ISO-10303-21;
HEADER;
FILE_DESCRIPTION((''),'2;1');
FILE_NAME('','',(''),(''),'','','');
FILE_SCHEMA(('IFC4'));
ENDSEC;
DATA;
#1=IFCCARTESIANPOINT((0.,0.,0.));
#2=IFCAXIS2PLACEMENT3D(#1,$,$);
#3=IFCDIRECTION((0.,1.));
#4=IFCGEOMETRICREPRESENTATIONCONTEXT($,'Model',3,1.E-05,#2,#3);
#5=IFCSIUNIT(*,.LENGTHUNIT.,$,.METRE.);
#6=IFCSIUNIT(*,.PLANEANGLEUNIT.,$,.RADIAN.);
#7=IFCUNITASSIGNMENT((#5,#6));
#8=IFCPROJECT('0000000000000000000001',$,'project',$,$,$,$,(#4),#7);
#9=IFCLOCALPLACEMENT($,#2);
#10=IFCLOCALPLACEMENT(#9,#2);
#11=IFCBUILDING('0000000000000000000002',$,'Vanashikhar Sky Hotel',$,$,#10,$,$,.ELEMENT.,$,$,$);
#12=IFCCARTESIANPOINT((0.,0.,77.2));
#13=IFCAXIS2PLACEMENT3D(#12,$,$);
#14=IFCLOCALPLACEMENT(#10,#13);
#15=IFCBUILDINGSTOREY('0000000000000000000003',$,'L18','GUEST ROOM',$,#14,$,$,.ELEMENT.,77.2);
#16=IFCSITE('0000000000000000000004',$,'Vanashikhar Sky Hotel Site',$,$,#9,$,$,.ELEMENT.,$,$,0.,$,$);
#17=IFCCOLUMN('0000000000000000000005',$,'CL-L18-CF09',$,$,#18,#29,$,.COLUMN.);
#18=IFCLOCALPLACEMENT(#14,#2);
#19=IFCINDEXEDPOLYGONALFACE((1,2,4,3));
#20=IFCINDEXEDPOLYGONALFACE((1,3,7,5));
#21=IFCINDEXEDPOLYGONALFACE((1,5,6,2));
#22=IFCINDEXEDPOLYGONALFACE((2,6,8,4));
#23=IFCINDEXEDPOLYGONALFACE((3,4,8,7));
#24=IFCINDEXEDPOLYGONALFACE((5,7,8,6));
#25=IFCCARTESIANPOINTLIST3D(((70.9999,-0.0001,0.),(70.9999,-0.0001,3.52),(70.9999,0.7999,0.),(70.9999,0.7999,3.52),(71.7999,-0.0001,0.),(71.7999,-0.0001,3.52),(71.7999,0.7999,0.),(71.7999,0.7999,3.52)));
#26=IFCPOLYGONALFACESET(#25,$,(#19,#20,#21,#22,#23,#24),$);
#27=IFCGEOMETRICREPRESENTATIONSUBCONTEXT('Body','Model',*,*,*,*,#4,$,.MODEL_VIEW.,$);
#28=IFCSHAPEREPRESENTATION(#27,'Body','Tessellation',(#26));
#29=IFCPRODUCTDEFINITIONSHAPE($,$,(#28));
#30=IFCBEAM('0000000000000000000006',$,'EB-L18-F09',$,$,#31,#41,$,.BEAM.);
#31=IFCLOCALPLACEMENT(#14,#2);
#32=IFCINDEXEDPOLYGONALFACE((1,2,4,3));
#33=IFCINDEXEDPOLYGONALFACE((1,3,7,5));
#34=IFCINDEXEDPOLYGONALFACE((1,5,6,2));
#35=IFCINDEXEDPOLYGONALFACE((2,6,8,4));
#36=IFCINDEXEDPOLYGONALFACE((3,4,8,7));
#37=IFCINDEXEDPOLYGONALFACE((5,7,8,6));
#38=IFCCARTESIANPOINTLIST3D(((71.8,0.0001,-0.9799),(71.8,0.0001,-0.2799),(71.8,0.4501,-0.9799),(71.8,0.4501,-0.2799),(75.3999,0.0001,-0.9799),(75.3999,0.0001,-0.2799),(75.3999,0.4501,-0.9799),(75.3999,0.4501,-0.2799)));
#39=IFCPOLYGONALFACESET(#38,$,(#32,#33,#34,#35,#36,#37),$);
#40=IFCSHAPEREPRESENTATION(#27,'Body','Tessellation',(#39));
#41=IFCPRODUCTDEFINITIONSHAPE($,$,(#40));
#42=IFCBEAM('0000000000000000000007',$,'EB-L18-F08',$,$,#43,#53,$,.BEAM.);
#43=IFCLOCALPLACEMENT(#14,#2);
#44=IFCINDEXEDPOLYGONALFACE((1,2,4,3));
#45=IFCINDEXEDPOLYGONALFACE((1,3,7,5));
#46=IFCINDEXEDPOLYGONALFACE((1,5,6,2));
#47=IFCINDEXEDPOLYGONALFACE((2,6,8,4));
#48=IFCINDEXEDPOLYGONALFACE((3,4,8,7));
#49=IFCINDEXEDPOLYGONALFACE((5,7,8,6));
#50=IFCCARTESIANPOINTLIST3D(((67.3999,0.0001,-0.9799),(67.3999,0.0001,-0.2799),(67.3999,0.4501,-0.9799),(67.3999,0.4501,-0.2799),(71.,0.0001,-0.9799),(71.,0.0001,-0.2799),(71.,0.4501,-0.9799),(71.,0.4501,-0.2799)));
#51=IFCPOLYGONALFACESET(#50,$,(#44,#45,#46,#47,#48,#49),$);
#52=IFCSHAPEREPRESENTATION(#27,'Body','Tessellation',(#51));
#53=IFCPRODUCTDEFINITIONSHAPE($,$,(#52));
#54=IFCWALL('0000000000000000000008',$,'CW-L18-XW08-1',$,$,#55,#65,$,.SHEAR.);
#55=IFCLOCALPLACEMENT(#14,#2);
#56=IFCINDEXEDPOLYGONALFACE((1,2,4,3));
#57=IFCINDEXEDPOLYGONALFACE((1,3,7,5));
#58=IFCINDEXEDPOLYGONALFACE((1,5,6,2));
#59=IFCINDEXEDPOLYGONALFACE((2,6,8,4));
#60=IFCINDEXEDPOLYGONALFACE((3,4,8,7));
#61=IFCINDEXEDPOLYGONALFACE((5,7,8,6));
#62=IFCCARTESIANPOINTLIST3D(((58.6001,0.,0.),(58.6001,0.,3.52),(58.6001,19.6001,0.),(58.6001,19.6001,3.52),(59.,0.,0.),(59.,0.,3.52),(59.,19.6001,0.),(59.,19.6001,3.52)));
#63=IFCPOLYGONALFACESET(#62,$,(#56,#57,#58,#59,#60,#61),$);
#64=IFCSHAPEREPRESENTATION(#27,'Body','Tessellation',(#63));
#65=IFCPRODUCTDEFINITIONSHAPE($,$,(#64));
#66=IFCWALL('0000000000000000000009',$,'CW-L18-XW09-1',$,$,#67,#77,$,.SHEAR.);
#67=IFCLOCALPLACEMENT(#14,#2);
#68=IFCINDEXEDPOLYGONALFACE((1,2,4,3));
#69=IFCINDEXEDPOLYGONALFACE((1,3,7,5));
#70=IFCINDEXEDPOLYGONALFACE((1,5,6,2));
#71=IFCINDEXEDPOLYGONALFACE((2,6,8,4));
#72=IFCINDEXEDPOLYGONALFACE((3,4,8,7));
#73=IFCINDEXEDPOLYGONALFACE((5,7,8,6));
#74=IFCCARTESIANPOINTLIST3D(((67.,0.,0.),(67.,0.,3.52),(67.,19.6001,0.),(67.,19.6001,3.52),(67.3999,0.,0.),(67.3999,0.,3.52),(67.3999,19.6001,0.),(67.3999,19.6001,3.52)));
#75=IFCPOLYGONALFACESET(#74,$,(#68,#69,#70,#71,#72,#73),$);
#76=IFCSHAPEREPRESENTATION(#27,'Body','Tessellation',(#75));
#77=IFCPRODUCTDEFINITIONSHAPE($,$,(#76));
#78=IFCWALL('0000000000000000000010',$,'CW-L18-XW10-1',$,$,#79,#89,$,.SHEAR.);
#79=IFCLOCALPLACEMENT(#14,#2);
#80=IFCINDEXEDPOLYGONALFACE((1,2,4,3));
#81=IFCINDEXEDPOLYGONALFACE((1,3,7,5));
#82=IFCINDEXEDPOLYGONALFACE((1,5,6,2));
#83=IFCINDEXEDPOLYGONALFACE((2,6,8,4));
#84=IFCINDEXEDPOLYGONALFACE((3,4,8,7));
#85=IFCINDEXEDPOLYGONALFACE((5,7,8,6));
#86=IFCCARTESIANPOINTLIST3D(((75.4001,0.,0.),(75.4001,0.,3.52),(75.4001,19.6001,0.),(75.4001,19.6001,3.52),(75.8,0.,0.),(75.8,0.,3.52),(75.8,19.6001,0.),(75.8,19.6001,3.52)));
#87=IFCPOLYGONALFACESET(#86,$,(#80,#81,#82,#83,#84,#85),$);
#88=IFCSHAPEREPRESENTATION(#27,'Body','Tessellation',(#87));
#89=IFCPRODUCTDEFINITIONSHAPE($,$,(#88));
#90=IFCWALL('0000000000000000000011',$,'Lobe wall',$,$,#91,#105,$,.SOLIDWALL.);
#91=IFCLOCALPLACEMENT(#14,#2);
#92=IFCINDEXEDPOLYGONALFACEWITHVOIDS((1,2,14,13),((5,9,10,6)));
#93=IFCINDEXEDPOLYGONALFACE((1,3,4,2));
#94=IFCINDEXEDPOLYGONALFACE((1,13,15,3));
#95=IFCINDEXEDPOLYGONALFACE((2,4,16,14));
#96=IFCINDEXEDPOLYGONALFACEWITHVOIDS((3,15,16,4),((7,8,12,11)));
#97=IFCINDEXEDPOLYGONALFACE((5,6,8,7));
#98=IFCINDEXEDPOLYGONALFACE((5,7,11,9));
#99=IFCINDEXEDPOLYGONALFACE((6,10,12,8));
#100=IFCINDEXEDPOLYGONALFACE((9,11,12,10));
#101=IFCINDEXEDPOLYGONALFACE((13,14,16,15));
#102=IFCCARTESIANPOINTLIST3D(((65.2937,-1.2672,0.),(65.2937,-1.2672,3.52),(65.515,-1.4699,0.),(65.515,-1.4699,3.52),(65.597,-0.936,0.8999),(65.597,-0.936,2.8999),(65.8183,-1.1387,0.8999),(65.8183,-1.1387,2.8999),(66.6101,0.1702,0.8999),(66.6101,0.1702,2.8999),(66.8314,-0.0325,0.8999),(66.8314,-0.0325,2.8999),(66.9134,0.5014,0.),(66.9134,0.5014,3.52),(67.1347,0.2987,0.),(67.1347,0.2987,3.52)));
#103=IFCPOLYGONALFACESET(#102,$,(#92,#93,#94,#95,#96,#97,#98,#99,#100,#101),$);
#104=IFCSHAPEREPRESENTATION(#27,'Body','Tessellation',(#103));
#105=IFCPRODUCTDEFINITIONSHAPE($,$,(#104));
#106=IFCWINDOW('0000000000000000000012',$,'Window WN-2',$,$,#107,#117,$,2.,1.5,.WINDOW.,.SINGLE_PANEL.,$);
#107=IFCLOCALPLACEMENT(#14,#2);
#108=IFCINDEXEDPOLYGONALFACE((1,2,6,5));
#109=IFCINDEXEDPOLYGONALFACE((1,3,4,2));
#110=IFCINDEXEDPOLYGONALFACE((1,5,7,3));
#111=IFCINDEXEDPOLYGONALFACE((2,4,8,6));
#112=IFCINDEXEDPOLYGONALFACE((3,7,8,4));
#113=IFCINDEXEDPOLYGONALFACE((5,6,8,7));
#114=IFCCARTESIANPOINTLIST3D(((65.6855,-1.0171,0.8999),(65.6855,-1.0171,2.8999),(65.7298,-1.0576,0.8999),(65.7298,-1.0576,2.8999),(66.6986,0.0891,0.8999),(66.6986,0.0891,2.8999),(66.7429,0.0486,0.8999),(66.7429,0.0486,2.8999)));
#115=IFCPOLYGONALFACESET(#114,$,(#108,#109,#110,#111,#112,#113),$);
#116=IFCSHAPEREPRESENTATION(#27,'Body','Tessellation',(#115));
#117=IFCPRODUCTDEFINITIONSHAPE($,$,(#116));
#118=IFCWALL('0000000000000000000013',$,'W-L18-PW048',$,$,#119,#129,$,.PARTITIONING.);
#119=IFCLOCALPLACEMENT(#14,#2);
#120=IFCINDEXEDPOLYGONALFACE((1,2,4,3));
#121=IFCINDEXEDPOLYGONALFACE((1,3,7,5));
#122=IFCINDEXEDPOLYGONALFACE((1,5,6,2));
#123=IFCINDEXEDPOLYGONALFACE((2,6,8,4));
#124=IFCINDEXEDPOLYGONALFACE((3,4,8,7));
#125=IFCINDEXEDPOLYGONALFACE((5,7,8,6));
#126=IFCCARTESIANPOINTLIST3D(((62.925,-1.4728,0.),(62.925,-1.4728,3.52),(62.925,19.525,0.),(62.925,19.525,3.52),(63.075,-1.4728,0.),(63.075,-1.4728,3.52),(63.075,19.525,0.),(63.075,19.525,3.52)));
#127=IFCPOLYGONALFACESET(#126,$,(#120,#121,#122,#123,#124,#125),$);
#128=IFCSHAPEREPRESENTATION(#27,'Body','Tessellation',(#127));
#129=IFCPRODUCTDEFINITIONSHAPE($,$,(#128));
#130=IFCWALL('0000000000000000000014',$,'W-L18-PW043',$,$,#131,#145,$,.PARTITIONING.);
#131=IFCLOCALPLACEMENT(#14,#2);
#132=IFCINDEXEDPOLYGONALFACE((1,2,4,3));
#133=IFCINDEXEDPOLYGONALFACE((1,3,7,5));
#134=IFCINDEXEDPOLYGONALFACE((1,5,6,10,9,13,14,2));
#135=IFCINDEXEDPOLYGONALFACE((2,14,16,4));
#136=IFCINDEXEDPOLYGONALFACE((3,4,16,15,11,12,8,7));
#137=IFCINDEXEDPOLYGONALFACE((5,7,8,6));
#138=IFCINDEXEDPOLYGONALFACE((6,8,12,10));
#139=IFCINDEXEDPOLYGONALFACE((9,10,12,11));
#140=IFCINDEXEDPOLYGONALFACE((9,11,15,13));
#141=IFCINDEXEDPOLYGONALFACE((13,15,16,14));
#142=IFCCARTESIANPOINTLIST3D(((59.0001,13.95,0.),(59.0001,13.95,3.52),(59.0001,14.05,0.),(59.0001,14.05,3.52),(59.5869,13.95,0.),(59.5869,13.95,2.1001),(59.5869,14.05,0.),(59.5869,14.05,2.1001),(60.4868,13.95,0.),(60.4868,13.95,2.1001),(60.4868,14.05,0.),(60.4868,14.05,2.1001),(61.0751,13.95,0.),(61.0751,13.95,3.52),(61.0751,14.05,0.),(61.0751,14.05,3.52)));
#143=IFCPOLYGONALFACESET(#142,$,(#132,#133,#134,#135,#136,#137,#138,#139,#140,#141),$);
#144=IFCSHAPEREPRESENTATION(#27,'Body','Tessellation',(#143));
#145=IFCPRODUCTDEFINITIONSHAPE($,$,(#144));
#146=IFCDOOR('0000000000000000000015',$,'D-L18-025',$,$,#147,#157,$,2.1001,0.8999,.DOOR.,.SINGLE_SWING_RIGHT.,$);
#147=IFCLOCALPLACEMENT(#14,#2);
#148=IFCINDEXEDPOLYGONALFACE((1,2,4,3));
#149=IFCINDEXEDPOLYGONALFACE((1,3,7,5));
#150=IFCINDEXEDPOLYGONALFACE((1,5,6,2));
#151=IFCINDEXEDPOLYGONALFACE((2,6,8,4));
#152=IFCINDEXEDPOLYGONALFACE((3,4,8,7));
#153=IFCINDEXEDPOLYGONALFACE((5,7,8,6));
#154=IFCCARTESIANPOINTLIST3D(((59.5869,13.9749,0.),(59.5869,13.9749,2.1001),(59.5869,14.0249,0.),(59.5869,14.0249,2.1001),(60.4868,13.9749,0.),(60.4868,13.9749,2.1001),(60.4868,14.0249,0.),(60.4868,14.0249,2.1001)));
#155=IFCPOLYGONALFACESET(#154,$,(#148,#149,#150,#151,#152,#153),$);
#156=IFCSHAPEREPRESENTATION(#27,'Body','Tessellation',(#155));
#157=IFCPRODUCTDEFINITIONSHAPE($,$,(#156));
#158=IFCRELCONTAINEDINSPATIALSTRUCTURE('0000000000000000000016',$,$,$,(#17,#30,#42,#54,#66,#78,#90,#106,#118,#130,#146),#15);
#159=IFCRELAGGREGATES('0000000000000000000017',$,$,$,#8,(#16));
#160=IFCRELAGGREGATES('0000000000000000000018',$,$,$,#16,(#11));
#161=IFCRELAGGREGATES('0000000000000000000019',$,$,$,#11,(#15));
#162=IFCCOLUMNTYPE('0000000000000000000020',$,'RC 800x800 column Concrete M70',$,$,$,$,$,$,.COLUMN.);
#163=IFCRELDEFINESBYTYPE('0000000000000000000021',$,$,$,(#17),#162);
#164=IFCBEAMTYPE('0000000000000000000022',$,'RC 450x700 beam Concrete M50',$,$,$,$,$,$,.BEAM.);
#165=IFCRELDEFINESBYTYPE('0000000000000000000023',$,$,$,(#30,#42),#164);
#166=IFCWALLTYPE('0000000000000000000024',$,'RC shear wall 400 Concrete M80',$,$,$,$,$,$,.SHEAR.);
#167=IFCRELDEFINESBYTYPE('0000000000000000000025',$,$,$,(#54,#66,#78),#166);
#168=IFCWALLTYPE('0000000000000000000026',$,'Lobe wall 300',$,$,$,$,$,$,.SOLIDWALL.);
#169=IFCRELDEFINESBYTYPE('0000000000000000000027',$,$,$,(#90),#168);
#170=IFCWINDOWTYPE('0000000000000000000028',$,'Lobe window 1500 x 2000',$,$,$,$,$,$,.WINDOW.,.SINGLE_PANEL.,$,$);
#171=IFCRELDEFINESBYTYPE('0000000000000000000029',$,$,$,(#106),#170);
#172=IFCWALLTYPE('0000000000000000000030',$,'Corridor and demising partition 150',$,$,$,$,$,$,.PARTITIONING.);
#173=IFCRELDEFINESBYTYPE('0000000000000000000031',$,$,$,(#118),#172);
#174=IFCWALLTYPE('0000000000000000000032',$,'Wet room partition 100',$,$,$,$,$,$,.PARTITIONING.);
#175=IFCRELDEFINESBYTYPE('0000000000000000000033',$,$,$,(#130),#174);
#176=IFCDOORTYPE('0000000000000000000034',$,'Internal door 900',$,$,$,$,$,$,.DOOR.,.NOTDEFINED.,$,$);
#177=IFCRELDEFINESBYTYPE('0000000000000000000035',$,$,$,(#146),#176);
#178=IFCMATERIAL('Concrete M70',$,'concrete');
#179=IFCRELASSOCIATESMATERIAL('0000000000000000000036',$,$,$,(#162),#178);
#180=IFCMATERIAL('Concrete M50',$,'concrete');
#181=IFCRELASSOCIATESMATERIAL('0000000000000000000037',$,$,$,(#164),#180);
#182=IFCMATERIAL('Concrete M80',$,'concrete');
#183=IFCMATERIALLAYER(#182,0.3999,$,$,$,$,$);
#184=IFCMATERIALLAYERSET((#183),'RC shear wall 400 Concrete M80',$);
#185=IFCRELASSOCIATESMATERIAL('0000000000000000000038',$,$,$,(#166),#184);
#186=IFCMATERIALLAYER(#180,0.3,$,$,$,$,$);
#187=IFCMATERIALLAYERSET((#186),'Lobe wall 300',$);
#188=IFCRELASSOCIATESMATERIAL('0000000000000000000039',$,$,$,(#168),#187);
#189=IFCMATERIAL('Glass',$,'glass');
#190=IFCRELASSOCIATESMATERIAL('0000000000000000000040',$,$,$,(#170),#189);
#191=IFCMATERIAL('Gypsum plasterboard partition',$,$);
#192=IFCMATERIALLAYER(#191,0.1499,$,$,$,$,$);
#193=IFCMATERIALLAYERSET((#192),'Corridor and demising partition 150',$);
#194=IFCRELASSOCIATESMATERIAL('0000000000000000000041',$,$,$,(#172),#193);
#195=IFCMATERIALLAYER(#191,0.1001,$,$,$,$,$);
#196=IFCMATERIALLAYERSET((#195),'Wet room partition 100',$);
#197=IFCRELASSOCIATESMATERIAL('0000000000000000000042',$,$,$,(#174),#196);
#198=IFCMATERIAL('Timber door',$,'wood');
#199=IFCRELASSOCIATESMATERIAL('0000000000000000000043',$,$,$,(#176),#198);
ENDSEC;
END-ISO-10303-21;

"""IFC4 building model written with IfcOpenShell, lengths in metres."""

from ifc_helpers import new_model, si_unit, direction, frame, frame_2d, origin, origin_2d, place, context, subcontext, project, spatial, rectangle, extrude, source, transform, mapped, material, layer, layer_set, material_profile, profile_set, type_object, element, fill, save


model = new_model("IFC4")

# Units and contexts
model_context = context("Model", 3, precision=1e-05, world=origin(), true_north=direction((0.0, 1.0)))
body_context = subcontext(model_context, "Body", "Model", "MODEL_VIEW")
ifc_project = project(units=[si_unit("LENGTHUNIT", "METRE"), si_unit("PLANEANGLEUNIT", "RADIAN")], contexts=[model_context])

# Site, building, storey
site_placement = place(None, origin())
site = spatial("IfcSite", under=ifc_project, at=site_placement, Name="Vanashikhar Sky Hotel Site", CompositionType="ELEMENT", RefElevation=0.0)
building_placement = place(site_placement, origin())
building = spatial("IfcBuilding", under=site, at=building_placement, Name="Vanashikhar Sky Hotel", CompositionType="ELEMENT")
storey_placement = place(building_placement, frame((0.0, 0.0, 77.2)))
storey = spatial("IfcBuildingStorey", under=building, at=storey_placement, Name="L18", Description="GUEST ROOM", CompositionType="ELEMENT", Elevation=77.2)

# Column
ifc_material_1 = material(Name="Concrete M70", Category="concrete")
ifc_material_profile_1 = material_profile(ifc_material_1, rectangle(XDim=0.8, YDim=0.8, at=origin_2d()))
ifc_profile_set_1 = profile_set([ifc_material_profile_1], Name="RC 800x800 column Concrete M70")
column_type = type_object("IfcColumnType", Name="RC 800x800 column Concrete M70", PredefinedType="COLUMN", material=ifc_profile_set_1)
shared_shape_1 = source(origin(), body_context, "Body", "SweptSolid", [
    extrude(rectangle(XDim=0.8, YDim=0.8, at=origin_2d()), origin(), (0.0, 0.0, 1.0), 3.52),
])
column_placement = place(storey_placement, frame((71.3999, 0.3999, 0.0), z_axis=(0.0, 0.0, 1.0), x_axis=(1.0, 0.0, 0.0)))
element("IfcColumn", 1, at=column_placement, inside=storey, type_object=column_type, Name="CL-L18-CF09", PredefinedType="COLUMN", context=body_context, shape_type="MappedRepresentation", body=[
    mapped(shared_shape_1, transform((0.0, 0.0, 0.0), scale=1.0)),
])

# Beams
ifc_material_2 = material(Name="Concrete M50", Category="concrete")
ifc_material_profile_2 = material_profile(ifc_material_2, rectangle(XDim=0.45, YDim=0.7, at=origin_2d()))
ifc_profile_set_2 = profile_set([ifc_material_profile_2], Name="RC 450x700 beam Concrete M50")
beam_type = type_object("IfcBeamType", Name="RC 450x700 beam Concrete M50", PredefinedType="BEAM", material=ifc_profile_set_2)
shared_shape_2 = source(origin(), body_context, "Body", "SweptSolid", [
    extrude(rectangle(XDim=0.45, YDim=0.7, at=origin_2d()), origin(), (0.0, 0.0, 1.0), 3.5999),
])
beam_1_placement = place(storey_placement, frame((71.8, 0.2251, -0.6299), z_axis=(1.0, 0.0, 0.0), x_axis=(0.0, 1.0, 0.0)))
element("IfcBeam", 2, at=beam_1_placement, inside=storey, type_object=beam_type, Name="EB-L18-F09", PredefinedType="BEAM", context=body_context, shape_type="MappedRepresentation", body=[
    mapped(shared_shape_2, transform((0.0, 0.0, 0.0), scale=1.0)),
])
shared_shape_3 = source(origin(), body_context, "Body", "SweptSolid", [
    extrude(rectangle(XDim=0.45, YDim=0.7, at=origin_2d()), origin(), (0.0, 0.0, 1.0), 3.6001),
])
beam_2_placement = place(storey_placement, frame((67.3999, 0.2251, -0.6299), z_axis=(1.0, 0.0, 0.0), x_axis=(0.0, 1.0, 0.0)))
element("IfcBeam", 3, at=beam_2_placement, inside=storey, type_object=beam_type, Name="EB-L18-F08", PredefinedType="BEAM", context=body_context, shape_type="MappedRepresentation", body=[
    mapped(shared_shape_3, transform((0.0, 0.0, 0.0), scale=1.0)),
])

# Walls
ifc_material_3 = material(Name="Concrete M80", Category="concrete")
ifc_layer_1 = layer(ifc_material_3, 0.3999)
ifc_layer_set_1 = layer_set([ifc_layer_1], Name="RC shear wall 400 Concrete M80")
wall_type_1 = type_object("IfcWallType", Name="RC shear wall 400 Concrete M80", PredefinedType="SHEAR", material=ifc_layer_set_1)
shared_shape_4 = source(origin(), body_context, "Body", "SweptSolid", [
    extrude(rectangle(XDim=19.6001, YDim=0.3999, at=frame_2d((9.8, 0.0))), origin(), (0.0, 0.0, 1.0), 3.52),
])
for number, where, z_axis, x_axis, name in (
    (4, (58.8, 0.0, 0.0), (0.0, 0.0, 1.0), (0.0, 1.0, 0.0), "CW-L18-XW08-1"),
    (5, (67.2, 0.0, 0.0), (0.0, 0.0, 1.0), (0.0, 1.0, 0.0), "CW-L18-XW09-1"),
    (6, (75.6001, 0.0, 0.0), (0.0, 0.0, 1.0), (0.0, 1.0, 0.0), "CW-L18-XW10-1"),
):
    element("IfcWall", number, at=place(storey_placement, frame(where, z_axis=z_axis, x_axis=x_axis)), inside=storey, type_object=wall_type_1, Name=name, PredefinedType="SHEAR", context=body_context, shape_type="MappedRepresentation", body=[
        mapped(shared_shape_4, transform((0.0, 0.0, 0.0), scale=1.0)),
    ])

# Wall, opening, window
ifc_layer_2 = layer(ifc_material_2, 0.3)
ifc_layer_set_2 = layer_set([ifc_layer_2], Name="Lobe wall 300")
wall_type_2 = type_object("IfcWallType", Name="Lobe wall 300", PredefinedType="SOLIDWALL", material=ifc_layer_set_2)
shared_shape_5 = source(origin(), body_context, "Body", "SweptSolid", [
    extrude(rectangle(XDim=2.3982, YDim=0.3, at=frame_2d((1.1992, 0.0))), origin(), (0.0, 0.0, 1.0), 3.52),
])
wall_1_placement = place(storey_placement, frame((65.4043, -1.3687, 0.0), z_axis=(0.0, 0.0, 1.0), x_axis=(0.675374, 0.737475, 0.0)))
wall_1 = element("IfcWall", 7, at=wall_1_placement, inside=storey, type_object=wall_type_2, Name="Lobe wall", PredefinedType="SOLIDWALL", context=body_context, shape_type="MappedRepresentation", body=[
    mapped(shared_shape_5, transform((0.0, 0.0, 0.0), scale=1.0)),
])
shared_shape_6 = source(origin(), body_context, "Body", "SweptSolid", [
    extrude(rectangle(XDim=1.5, YDim=2.0, at=frame_2d((0.75, 1.0))), frame((0.0, 0.1602, 0.0), z_axis=(0.0, -1.0, 0.0), x_axis=(1.0, 0.0, 0.0)), (0.0, 0.0, 1.0), 0.3201),
])
opening_1_placement = place(wall_1_placement, frame((0.4492, 0.0, 0.8999)))
opening_1 = element("IfcOpeningElement", 8, at=opening_1_placement, cuts=wall_1, PredefinedType="OPENING", context=body_context, shape_type="MappedRepresentation", body=[
    mapped(shared_shape_6, transform((0.0, 0.0, 0.0), scale=1.0)),
])
ifc_material_4 = material(Name="Glass", Category="glass")
window_type_1 = type_object("IfcWindowType", Name="Lobe window 1500 x 2000", PartitioningType="SINGLE_PANEL", PredefinedType="WINDOW", material=ifc_material_4)
shared_shape_7 = source(origin(), body_context, "Body", "SweptSolid", [
    extrude(rectangle(XDim=1.5, YDim=2.0, at=frame_2d((0.75, 1.0))), frame((0.0, 0.03, 0.0), z_axis=(0.0, -1.0, 0.0), x_axis=(1.0, 0.0, 0.0)), (0.0, 0.0, 1.0), 0.0601),
])
window_1_placement = place(opening_1_placement, origin())
window_1 = element("IfcWindow", 9, at=window_1_placement, inside=storey, type_object=window_type_1, Name="Window WN-2", OverallHeight=2.0, OverallWidth=1.5, PartitioningType="SINGLE_PANEL", PredefinedType="WINDOW", context=body_context, shape_type="MappedRepresentation", body=[
    mapped(shared_shape_7, transform((0.0, 0.0, 0.0), scale=1.0)),
])
fill(opening_1, window_1)

# Wall
ifc_material_5 = material(Name="Gypsum plasterboard partition")
ifc_layer_3 = layer(ifc_material_5, 0.1499)
ifc_layer_set_3 = layer_set([ifc_layer_3], Name="Corridor and demising partition 150")
wall_type_3 = type_object("IfcWallType", Name="Corridor and demising partition 150", PredefinedType="PARTITIONING", material=ifc_layer_set_3)
shared_shape_8 = source(origin(), body_context, "Body", "SweptSolid", [
    extrude(rectangle(XDim=20.9978, YDim=0.1499, at=frame_2d((10.499, 0.0))), origin(), (0.0, 0.0, 1.0), 3.52),
])
wall_2_placement = place(storey_placement, frame((63.0, -1.4729, 0.0), z_axis=(0.0, 0.0, 1.0), x_axis=(0.0, 1.0, 0.0)))
element("IfcWall", 10, at=wall_2_placement, inside=storey, type_object=wall_type_3, Name="W-L18-PW048", PredefinedType="PARTITIONING", context=body_context, shape_type="MappedRepresentation", body=[
    mapped(shared_shape_8, transform((0.0, 0.0, 0.0), scale=1.0)),
])

# Wall, opening, door
ifc_layer_4 = layer(ifc_material_5, 0.1001)
ifc_layer_set_4 = layer_set([ifc_layer_4], Name="Wet room partition 100")
wall_type_4 = type_object("IfcWallType", Name="Wet room partition 100", PredefinedType="PARTITIONING", material=ifc_layer_set_4)
shared_shape_9 = source(origin(), body_context, "Body", "SweptSolid", [
    extrude(rectangle(XDim=2.075, YDim=0.1001, at=frame_2d((1.0376, 0.0))), origin(), (0.0, 0.0, 1.0), 3.52),
])
wall_3_placement = place(storey_placement, frame((59.0, 14.0, 0.0), z_axis=(0.0, 0.0, 1.0), x_axis=(1.0, 0.0, 0.0)))
wall_3 = element("IfcWall", 11, at=wall_3_placement, inside=storey, type_object=wall_type_4, Name="W-L18-PW043", PredefinedType="PARTITIONING", context=body_context, shape_type="MappedRepresentation", body=[
    mapped(shared_shape_9, transform((0.0, 0.0, 0.0), scale=1.0)),
])
shared_shape_10 = source(origin(), body_context, "Body", "SweptSolid", [
    extrude(rectangle(XDim=0.8999, YDim=2.1001, at=frame_2d((0.45, 1.05))), frame((0.0, 0.0601, 0.0), z_axis=(0.0, -1.0, 0.0), x_axis=(1.0, 0.0, 0.0)), (0.0, 0.0, 1.0), 0.1201),
])
opening_2_placement = place(wall_3_placement, frame((0.5869, 0.0, 0.0)))
opening_2 = element("IfcOpeningElement", 12, at=opening_2_placement, cuts=wall_3, PredefinedType="OPENING", context=body_context, shape_type="MappedRepresentation", body=[
    mapped(shared_shape_10, transform((0.0, 0.0, 0.0), scale=1.0)),
])
ifc_material_6 = material(Name="Timber door", Category="wood")
door_type_1 = type_object("IfcDoorType", Name="Internal door 900", OperationType="NOTDEFINED", PredefinedType="DOOR", material=ifc_material_6)
shared_shape_11 = source(origin(), body_context, "Body", "SweptSolid", [
    extrude(rectangle(XDim=0.8999, YDim=2.1001, at=frame_2d((0.45, 1.05))), frame((0.0, 0.0249, 0.0), z_axis=(0.0, -1.0, 0.0), x_axis=(1.0, 0.0, 0.0)), (0.0, 0.0, 1.0), 0.05),
])
door_1_placement = place(opening_2_placement, origin())
door_1 = element("IfcDoor", 13, at=door_1_placement, inside=storey, type_object=door_type_1, Name="D-L18-025", OperationType="SINGLE_SWING_RIGHT", OverallHeight=2.1001, OverallWidth=0.8999, PredefinedType="DOOR", context=body_context, shape_type="MappedRepresentation", body=[
    mapped(shared_shape_11, transform((0.0, 0.0, 0.0), scale=1.0)),
])
fill(opening_2, door_1)

save(model, "model.ifc")
